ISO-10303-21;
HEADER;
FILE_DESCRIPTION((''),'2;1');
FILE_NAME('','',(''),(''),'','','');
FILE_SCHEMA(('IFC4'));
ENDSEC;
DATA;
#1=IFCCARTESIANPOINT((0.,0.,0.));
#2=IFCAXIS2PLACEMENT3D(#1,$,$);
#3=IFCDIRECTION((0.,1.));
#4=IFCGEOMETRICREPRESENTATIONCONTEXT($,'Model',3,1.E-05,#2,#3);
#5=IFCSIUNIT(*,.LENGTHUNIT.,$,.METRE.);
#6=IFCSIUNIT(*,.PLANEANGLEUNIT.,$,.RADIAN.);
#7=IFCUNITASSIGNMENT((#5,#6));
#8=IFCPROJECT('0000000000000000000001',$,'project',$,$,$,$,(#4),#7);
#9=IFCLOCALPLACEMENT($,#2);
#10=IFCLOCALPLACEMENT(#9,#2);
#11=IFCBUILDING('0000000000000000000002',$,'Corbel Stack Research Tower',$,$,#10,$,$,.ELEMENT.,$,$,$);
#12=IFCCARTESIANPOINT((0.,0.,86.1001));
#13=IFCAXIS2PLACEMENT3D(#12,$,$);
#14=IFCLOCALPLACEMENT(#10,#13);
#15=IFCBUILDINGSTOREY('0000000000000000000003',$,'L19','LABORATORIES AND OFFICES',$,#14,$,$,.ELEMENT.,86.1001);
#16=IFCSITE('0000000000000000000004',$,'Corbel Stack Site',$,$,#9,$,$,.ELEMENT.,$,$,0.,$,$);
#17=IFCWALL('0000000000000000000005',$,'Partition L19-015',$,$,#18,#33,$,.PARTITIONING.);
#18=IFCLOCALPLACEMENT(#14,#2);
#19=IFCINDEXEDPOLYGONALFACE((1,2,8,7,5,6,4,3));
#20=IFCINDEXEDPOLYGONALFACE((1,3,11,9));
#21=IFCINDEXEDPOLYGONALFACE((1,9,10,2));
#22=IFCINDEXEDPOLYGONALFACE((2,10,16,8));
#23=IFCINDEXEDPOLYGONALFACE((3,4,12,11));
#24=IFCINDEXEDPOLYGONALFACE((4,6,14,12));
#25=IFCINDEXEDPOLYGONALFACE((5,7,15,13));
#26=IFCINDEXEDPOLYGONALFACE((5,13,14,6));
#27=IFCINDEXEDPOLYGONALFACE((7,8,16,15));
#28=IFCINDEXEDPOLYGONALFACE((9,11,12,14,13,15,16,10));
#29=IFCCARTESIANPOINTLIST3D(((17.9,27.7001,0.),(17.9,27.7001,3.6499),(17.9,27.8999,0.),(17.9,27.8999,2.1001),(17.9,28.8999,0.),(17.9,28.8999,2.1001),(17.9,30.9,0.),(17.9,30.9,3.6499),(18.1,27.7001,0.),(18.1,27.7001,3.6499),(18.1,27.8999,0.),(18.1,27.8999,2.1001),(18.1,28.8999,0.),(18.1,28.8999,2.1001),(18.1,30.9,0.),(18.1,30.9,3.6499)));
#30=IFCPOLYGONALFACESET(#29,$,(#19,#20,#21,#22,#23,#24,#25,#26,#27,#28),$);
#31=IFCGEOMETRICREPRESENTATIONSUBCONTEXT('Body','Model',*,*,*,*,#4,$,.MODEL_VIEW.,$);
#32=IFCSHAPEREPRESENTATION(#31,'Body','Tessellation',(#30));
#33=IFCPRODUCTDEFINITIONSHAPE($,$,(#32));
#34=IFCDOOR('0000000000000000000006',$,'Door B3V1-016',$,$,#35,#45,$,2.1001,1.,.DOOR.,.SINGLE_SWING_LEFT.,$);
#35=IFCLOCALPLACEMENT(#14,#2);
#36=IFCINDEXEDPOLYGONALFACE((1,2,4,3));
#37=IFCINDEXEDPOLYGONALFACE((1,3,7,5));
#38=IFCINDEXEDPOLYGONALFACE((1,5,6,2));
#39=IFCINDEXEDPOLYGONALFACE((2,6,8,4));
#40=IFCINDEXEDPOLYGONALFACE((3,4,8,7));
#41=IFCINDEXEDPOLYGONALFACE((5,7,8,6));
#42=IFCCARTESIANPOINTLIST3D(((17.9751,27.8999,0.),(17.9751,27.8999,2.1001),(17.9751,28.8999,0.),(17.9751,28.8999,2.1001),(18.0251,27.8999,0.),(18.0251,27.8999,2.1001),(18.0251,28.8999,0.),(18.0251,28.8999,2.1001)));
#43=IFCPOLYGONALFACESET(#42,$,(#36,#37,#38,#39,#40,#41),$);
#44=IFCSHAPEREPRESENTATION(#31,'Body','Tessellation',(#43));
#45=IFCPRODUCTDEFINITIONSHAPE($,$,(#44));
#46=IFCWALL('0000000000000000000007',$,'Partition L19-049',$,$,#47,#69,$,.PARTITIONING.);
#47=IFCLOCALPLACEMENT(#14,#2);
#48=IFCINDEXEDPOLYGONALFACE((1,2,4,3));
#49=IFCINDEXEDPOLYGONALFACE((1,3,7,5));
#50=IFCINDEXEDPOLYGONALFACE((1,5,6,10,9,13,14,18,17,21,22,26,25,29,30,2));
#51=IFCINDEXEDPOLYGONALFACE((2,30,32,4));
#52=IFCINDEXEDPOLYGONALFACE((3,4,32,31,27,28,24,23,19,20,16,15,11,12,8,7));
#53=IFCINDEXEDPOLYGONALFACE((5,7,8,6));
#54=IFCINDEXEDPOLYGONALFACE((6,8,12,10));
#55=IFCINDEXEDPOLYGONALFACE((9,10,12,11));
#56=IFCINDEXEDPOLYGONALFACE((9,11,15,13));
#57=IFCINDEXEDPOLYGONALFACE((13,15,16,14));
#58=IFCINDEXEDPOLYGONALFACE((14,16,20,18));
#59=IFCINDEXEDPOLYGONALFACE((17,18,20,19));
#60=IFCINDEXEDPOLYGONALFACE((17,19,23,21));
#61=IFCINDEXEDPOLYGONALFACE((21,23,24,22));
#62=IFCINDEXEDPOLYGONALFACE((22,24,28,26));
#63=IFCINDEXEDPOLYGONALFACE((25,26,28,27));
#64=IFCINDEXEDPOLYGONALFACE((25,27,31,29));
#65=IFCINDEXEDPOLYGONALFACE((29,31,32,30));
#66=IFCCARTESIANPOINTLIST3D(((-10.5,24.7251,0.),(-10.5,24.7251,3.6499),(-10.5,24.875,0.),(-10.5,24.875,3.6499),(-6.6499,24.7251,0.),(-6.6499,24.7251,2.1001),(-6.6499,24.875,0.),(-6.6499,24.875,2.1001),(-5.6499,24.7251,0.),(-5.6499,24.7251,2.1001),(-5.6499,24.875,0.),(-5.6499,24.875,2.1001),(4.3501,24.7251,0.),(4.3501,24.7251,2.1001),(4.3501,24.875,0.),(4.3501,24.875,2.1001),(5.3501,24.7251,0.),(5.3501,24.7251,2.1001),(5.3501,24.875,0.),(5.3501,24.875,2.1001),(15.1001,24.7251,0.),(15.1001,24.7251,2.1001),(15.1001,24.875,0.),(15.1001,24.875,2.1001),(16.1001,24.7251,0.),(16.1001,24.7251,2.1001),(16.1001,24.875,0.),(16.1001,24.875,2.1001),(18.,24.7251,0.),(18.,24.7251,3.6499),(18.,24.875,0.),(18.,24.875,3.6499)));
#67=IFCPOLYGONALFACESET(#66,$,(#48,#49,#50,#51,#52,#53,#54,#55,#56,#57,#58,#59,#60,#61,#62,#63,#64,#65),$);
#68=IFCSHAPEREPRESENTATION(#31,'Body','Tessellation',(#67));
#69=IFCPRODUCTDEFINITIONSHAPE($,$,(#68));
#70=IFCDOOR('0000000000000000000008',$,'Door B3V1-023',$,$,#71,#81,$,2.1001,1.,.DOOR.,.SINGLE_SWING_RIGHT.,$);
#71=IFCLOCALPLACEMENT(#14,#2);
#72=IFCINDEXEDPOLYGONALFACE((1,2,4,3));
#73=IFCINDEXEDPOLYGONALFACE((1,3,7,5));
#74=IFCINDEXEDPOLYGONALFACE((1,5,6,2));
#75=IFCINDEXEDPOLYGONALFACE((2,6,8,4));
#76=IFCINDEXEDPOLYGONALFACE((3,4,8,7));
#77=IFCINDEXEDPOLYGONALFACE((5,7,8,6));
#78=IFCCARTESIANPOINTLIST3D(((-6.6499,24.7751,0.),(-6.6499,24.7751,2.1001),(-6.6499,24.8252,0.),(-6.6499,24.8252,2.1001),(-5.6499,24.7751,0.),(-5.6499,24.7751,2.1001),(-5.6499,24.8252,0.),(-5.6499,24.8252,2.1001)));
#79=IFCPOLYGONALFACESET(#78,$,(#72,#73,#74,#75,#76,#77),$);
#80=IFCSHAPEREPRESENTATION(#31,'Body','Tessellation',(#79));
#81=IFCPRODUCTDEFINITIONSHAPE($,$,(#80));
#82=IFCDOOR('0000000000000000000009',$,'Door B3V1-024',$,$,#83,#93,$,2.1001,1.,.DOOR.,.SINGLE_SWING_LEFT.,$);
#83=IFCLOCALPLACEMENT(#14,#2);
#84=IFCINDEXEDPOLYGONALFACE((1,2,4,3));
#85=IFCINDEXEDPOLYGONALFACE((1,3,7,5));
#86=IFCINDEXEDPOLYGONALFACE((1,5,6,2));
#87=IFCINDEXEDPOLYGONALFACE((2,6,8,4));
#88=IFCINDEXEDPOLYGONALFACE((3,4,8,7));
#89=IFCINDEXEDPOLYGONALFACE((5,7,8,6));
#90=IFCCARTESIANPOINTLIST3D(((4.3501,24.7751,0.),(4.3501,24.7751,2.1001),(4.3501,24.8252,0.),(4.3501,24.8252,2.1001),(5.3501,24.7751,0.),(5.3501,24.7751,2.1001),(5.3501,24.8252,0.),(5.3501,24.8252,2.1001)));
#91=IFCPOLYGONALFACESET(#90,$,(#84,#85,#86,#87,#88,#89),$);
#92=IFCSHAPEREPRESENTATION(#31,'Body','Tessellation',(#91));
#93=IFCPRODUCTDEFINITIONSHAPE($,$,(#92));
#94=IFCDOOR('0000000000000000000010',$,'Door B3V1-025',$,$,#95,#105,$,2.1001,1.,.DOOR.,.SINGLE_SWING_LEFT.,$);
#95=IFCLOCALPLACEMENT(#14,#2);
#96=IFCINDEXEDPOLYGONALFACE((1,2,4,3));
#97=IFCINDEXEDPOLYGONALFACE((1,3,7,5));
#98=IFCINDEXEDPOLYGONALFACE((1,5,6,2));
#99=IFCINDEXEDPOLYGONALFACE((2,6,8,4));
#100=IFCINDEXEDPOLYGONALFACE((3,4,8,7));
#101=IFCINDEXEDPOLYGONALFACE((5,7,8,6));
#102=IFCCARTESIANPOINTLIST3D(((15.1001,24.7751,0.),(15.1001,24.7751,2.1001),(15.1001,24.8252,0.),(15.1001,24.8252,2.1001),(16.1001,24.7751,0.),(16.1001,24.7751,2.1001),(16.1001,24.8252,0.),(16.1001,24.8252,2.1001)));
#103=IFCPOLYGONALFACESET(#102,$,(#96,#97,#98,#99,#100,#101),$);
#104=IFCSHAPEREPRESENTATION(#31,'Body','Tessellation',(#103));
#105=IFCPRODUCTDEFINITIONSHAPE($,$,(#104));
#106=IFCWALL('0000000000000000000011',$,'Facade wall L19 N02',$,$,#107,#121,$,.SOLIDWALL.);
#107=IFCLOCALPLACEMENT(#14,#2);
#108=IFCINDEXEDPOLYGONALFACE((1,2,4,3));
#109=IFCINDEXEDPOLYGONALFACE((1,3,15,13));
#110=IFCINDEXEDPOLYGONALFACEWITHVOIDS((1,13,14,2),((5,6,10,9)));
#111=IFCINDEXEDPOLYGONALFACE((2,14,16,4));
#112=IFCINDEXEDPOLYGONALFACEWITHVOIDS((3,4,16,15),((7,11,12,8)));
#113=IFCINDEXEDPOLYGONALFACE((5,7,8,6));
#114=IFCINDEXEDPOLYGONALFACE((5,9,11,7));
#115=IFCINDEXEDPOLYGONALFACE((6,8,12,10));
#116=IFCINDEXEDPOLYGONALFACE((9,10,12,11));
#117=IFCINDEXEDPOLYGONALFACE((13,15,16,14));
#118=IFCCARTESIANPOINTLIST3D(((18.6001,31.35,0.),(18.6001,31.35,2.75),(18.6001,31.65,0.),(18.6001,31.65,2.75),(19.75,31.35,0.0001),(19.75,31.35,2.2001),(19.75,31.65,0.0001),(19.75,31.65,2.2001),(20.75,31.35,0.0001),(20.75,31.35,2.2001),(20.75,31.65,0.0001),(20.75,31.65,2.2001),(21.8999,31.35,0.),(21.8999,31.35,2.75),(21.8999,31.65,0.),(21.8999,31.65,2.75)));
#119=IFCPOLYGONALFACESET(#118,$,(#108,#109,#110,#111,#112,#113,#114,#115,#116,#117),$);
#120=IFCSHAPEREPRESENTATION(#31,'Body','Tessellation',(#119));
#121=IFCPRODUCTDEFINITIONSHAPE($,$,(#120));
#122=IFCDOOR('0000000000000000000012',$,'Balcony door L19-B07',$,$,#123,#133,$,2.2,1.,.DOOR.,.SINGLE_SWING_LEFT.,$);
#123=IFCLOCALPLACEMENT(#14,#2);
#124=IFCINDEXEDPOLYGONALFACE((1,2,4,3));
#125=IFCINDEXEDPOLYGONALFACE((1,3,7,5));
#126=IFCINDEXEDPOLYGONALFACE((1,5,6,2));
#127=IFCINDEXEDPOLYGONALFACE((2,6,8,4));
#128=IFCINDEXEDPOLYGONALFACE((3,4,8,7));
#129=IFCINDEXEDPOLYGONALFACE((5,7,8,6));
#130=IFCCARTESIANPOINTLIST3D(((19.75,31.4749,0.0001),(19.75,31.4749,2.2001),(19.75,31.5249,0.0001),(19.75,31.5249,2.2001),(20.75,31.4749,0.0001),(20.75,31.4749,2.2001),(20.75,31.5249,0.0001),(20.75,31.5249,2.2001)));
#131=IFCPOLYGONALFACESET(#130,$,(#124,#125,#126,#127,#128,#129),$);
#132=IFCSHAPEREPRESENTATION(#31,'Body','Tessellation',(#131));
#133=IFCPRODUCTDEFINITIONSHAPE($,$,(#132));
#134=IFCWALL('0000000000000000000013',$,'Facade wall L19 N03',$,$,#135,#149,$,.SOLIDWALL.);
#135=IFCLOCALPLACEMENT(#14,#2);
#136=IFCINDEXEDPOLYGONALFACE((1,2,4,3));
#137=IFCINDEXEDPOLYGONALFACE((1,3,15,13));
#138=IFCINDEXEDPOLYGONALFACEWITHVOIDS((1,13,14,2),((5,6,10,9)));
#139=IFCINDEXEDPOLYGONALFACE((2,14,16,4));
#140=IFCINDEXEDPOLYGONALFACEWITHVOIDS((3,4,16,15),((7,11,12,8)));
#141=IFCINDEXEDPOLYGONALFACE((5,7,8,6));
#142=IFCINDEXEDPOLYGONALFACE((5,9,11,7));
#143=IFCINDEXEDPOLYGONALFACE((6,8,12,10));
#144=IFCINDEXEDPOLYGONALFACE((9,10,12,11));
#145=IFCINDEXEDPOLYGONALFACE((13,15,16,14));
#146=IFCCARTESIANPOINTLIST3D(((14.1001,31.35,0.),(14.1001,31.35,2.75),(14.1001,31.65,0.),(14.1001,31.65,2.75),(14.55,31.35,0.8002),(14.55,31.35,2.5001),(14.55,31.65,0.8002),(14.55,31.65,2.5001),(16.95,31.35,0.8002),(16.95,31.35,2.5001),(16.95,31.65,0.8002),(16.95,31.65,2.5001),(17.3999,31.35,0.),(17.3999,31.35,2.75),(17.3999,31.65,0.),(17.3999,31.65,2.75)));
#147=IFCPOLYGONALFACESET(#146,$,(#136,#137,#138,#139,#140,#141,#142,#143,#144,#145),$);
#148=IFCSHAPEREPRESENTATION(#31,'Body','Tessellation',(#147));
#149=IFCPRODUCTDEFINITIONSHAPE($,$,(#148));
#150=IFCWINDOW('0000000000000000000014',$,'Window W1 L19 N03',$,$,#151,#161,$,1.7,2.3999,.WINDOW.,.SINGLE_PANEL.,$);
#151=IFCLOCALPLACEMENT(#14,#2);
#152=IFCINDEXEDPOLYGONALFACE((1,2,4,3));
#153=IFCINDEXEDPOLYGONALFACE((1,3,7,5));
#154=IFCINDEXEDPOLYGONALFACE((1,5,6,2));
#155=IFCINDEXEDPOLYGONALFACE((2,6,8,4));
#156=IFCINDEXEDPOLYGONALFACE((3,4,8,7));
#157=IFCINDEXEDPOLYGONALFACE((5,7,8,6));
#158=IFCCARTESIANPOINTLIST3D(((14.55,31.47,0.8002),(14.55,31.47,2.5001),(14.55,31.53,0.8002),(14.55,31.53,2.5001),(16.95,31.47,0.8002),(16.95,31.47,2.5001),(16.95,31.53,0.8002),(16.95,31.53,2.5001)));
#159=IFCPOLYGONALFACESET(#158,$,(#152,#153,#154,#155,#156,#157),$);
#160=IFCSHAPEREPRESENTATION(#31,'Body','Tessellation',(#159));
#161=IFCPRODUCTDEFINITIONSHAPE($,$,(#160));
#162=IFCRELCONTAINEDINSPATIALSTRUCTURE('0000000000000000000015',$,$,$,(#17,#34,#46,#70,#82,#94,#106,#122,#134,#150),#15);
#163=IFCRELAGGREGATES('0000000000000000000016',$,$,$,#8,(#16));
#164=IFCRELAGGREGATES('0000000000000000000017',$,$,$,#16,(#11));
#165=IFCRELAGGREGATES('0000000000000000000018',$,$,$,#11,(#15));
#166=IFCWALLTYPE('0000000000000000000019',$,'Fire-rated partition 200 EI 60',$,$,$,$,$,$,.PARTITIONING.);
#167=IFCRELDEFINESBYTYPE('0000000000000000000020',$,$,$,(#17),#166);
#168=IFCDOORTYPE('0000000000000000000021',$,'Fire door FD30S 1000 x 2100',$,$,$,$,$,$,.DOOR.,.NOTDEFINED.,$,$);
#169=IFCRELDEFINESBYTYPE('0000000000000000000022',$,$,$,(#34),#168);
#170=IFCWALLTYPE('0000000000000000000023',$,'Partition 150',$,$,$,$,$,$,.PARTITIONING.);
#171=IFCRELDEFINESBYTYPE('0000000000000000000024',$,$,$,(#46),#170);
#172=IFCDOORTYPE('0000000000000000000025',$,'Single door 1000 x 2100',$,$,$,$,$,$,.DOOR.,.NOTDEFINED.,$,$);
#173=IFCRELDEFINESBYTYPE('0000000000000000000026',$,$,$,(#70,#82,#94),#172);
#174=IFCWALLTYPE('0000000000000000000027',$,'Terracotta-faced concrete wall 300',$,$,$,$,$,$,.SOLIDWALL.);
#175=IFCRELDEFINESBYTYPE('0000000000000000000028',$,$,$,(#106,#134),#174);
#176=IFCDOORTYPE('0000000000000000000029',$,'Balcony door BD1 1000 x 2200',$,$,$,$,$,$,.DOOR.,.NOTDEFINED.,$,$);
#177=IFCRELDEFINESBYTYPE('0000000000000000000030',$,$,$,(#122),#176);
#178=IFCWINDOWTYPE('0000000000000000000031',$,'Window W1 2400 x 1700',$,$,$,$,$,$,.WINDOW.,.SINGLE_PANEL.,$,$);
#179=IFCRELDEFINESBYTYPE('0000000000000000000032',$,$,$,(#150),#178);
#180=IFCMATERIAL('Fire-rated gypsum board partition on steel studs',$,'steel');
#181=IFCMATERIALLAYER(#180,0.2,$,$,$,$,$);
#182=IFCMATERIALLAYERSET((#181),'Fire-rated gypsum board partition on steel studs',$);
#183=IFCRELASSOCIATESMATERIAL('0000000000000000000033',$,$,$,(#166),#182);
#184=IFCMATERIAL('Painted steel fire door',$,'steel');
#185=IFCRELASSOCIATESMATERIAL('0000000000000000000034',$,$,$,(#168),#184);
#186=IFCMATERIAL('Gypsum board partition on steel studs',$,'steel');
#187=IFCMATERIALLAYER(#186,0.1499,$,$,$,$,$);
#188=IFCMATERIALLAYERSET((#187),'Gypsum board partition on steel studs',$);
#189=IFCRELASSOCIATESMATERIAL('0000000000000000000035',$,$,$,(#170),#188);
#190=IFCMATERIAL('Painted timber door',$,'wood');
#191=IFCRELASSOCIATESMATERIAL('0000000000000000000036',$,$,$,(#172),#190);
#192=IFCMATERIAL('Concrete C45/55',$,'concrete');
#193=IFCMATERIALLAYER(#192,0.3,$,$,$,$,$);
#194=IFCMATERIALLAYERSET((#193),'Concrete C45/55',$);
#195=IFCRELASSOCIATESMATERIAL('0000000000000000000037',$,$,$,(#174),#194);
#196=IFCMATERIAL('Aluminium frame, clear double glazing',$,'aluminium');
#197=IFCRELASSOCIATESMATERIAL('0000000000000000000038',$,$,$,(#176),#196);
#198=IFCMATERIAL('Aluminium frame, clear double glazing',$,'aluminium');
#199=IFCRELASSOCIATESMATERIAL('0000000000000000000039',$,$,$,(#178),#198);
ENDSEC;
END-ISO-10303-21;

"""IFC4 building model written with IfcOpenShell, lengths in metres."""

from ifc_helpers import new_model, si_unit, direction, frame, frame_2d, origin, place, context, subcontext, project, spatial, rectangle, extrude, material, layer, layer_set, type_object, element, fill, save


model = new_model("IFC4")

# Units and contexts
model_context = context("Model", 3, precision=1e-05, world=origin(), true_north=direction((0.0, 1.0)))
body_context = subcontext(model_context, "Body", "Model", "MODEL_VIEW")
ifc_project = project(units=[si_unit("LENGTHUNIT", "METRE"), si_unit("PLANEANGLEUNIT", "RADIAN")], contexts=[model_context])

# Site, building, storey
site_placement = place(None, origin())
site = spatial("IfcSite", under=ifc_project, at=site_placement, Name="Corbel Stack Site", CompositionType="ELEMENT", RefElevation=0.0)
building_placement = place(site_placement, origin())
building = spatial("IfcBuilding", under=site, at=building_placement, Name="Corbel Stack Research Tower", CompositionType="ELEMENT")
storey_placement = place(building_placement, frame((0.0, 0.0, 86.1001)))
storey = spatial("IfcBuildingStorey", under=building, at=storey_placement, Name="L19", Description="LABORATORIES AND OFFICES", CompositionType="ELEMENT", Elevation=86.1001)

# Shared definitions
ifc_material_1 = material(Name="Fire-rated gypsum board partition on steel studs", Category="steel")
ifc_layer_1 = layer(ifc_material_1, 0.2)
ifc_layer_set_1 = layer_set([ifc_layer_1], Name="Fire-rated gypsum board partition on steel studs")
wall_type_1 = type_object("IfcWallType", Name="Fire-rated partition 200 EI 60", PredefinedType="PARTITIONING", material=ifc_layer_set_1)

# Wall, opening, door
wall_1_placement = place(storey_placement, frame((18.0, 27.7, 0.0), z_axis=(0.0, 0.0, 1.0), x_axis=(0.0, 1.0, 0.0)))
wall_1 = element("IfcWall", 1, at=wall_1_placement, inside=storey, type_object=wall_type_1, Name="Partition L19-015", PredefinedType="PARTITIONING", context=body_context, shape_type="SweptSolid", body=[
    extrude(rectangle(XDim=3.2, YDim=0.2, at=frame_2d((1.6001, 0.0))), origin(), (0.0, 0.0, 1.0), 3.6499),
])
opening_1_placement = place(wall_1_placement, frame((0.2, 0.0, 0.0)))
opening_1 = element("IfcOpeningElement", 2, at=opening_1_placement, cuts=wall_1, PredefinedType="OPENING", context=body_context, shape_type="SweptSolid", body=[
    extrude(rectangle(XDim=1.0, YDim=2.1001, at=frame_2d((0.5, 1.05))), frame((0.0, 0.1099, 0.0), z_axis=(0.0, -1.0, 0.0), x_axis=(1.0, 0.0, 0.0)), (0.0, 0.0, 1.0), 0.22),
])
ifc_material_2 = material(Name="Painted steel fire door", Category="steel")
door_type_1 = type_object("IfcDoorType", Name="Fire door FD30S 1000 x 2100", OperationType="NOTDEFINED", PredefinedType="DOOR", material=ifc_material_2)
door_1_placement = place(opening_1_placement, origin())
door_1 = element("IfcDoor", 3, at=door_1_placement, inside=storey, type_object=door_type_1, Name="Door B3V1-016", OperationType="SINGLE_SWING_LEFT", OverallHeight=2.1001, OverallWidth=1.0, PredefinedType="DOOR", context=body_context, shape_type="SweptSolid", body=[
    extrude(rectangle(XDim=1.0, YDim=2.1001, at=frame_2d((0.5, 1.05))), frame((0.0, 0.0249, 0.0), z_axis=(0.0, -1.0, 0.0), x_axis=(1.0, 0.0, 0.0)), (0.0, 0.0, 1.0), 0.05),
])
fill(opening_1, door_1)

# Wall, openings, doors
ifc_material_3 = material(Name="Gypsum board partition on steel studs", Category="steel")
ifc_layer_2 = layer(ifc_material_3, 0.1499)
ifc_layer_set_2 = layer_set([ifc_layer_2], Name="Gypsum board partition on steel studs")
wall_type_2 = type_object("IfcWallType", Name="Partition 150", PredefinedType="PARTITIONING", material=ifc_layer_set_2)
wall_2_placement = place(storey_placement, frame((18.0, 24.8, 0.0), z_axis=(0.0, 0.0, 1.0), x_axis=(-1.0, 0.0, 0.0)))
wall_2 = element("IfcWall", 4, at=wall_2_placement, inside=storey, type_object=wall_type_2, Name="Partition L19-049", PredefinedType="PARTITIONING", context=body_context, shape_type="SweptSolid", body=[
    extrude(rectangle(XDim=28.5, YDim=0.1499, at=frame_2d((14.25, 0.0))), origin(), (0.0, 0.0, 1.0), 3.6499),
])
opening_2_placement = place(wall_2_placement, frame((23.6499, 0.0, 0.0)))
opening_2 = element("IfcOpeningElement", 5, at=opening_2_placement, cuts=wall_2, PredefinedType="OPENING", context=body_context, shape_type="SweptSolid", body=[
    extrude(rectangle(XDim=1.0, YDim=2.1001, at=frame_2d((0.5, 1.05))), frame((0.0, 0.085, 0.0), z_axis=(0.0, -1.0, 0.0), x_axis=(1.0, 0.0, 0.0)), (0.0, 0.0, 1.0), 0.1699),
])
opening_3_placement = place(wall_2_placement, frame((12.6499, 0.0, 0.0)))
opening_3 = element("IfcOpeningElement", 6, at=opening_3_placement, cuts=wall_2, PredefinedType="OPENING", context=body_context, shape_type="SweptSolid", body=[
    extrude(rectangle(XDim=1.0, YDim=2.1001, at=frame_2d((0.5, 1.05))), frame((0.0, 0.085, 0.0), z_axis=(0.0, -1.0, 0.0), x_axis=(1.0, 0.0, 0.0)), (0.0, 0.0, 1.0), 0.1699),
])
opening_4_placement = place(wall_2_placement, frame((1.8999, 0.0, 0.0)))
opening_4 = element("IfcOpeningElement", 7, at=opening_4_placement, cuts=wall_2, PredefinedType="OPENING", context=body_context, shape_type="SweptSolid", body=[
    extrude(rectangle(XDim=1.0, YDim=2.1001, at=frame_2d((0.5, 1.05))), frame((0.0, 0.085, 0.0), z_axis=(0.0, -1.0, 0.0), x_axis=(1.0, 0.0, 0.0)), (0.0, 0.0, 1.0), 0.1699),
])
ifc_material_4 = material(Name="Painted timber door", Category="wood")
door_type_2 = type_object("IfcDoorType", Name="Single door 1000 x 2100", OperationType="NOTDEFINED", PredefinedType="DOOR", material=ifc_material_4)
door_2_placement = place(opening_2_placement, origin())
door_2 = element("IfcDoor", 8, at=door_2_placement, inside=storey, type_object=door_type_2, Name="Door B3V1-023", OperationType="SINGLE_SWING_RIGHT", OverallHeight=2.1001, OverallWidth=1.0, PredefinedType="DOOR", context=body_context, shape_type="SweptSolid", body=[
    extrude(rectangle(XDim=1.0, YDim=2.1001, at=frame_2d((0.5, 1.05))), frame((0.0, 0.0249, 0.0), z_axis=(0.0, -1.0, 0.0), x_axis=(1.0, 0.0, 0.0)), (0.0, 0.0, 1.0), 0.05),
])
fill(opening_2, door_2)
door_3_placement = place(opening_3_placement, origin())
door_3 = element("IfcDoor", 9, at=door_3_placement, inside=storey, type_object=door_type_2, Name="Door B3V1-024", OperationType="SINGLE_SWING_LEFT", OverallHeight=2.1001, OverallWidth=1.0, PredefinedType="DOOR", context=body_context, shape_type="SweptSolid", body=[
    extrude(rectangle(XDim=1.0, YDim=2.1001, at=frame_2d((0.5, 1.05))), frame((0.0, 0.0249, 0.0), z_axis=(0.0, -1.0, 0.0), x_axis=(1.0, 0.0, 0.0)), (0.0, 0.0, 1.0), 0.05),
])
fill(opening_3, door_3)
door_4_placement = place(opening_4_placement, origin())
door_4 = element("IfcDoor", 10, at=door_4_placement, inside=storey, type_object=door_type_2, Name="Door B3V1-025", OperationType="SINGLE_SWING_LEFT", OverallHeight=2.1001, OverallWidth=1.0, PredefinedType="DOOR", context=body_context, shape_type="SweptSolid", body=[
    extrude(rectangle(XDim=1.0, YDim=2.1001, at=frame_2d((0.5, 1.05))), frame((0.0, 0.0249, 0.0), z_axis=(0.0, -1.0, 0.0), x_axis=(1.0, 0.0, 0.0)), (0.0, 0.0, 1.0), 0.05),
])
fill(opening_4, door_4)

# Wall, opening, door
ifc_material_5 = material(Name="Concrete C45/55", Category="concrete")
ifc_layer_3 = layer(ifc_material_5, 0.3)
ifc_layer_set_3 = layer_set([ifc_layer_3], Name="Concrete C45/55")
wall_type_3 = type_object("IfcWallType", Name="Terracotta-faced concrete wall 300", PredefinedType="SOLIDWALL", material=ifc_layer_set_3)
wall_3_placement = place(storey_placement, frame((18.6001, 31.5, 0.0), z_axis=(0.0, 0.0, 1.0), x_axis=(1.0, 0.0, 0.0)))
wall_3 = element("IfcWall", 11, at=wall_3_placement, inside=storey, type_object=wall_type_3, Name="Facade wall L19 N02", PredefinedType="SOLIDWALL", context=body_context, shape_type="SweptSolid", body=[
    extrude(rectangle(XDim=3.2998, YDim=0.3, at=frame_2d((1.6499, 0.0))), origin(), (0.0, 0.0, 1.0), 2.75),
])
opening_5_placement = place(wall_3_placement, frame((1.1499, 0.0, 0.0)))
opening_5 = element("IfcOpeningElement", 12, at=opening_5_placement, cuts=wall_3, PredefinedType="OPENING", context=body_context, shape_type="SweptSolid", body=[
    extrude(rectangle(XDim=1.0, YDim=2.2, at=frame_2d((0.5, 1.1001))), frame((0.0, 0.1599, 0.0), z_axis=(0.0, -1.0, 0.0), x_axis=(1.0, 0.0, 0.0)), (0.0, 0.0, 1.0), 0.3201),
])
ifc_material_6 = material(Name="Aluminium frame, clear double glazing", Category="aluminium")
door_type_3 = type_object("IfcDoorType", Name="Balcony door BD1 1000 x 2200", OperationType="NOTDEFINED", PredefinedType="DOOR", material=ifc_material_6)
door_5_placement = place(opening_5_placement, origin())
door_5 = element("IfcDoor", 13, at=door_5_placement, inside=storey, type_object=door_type_3, Name="Balcony door L19-B07", OperationType="SINGLE_SWING_LEFT", OverallHeight=2.2, OverallWidth=1.0, PredefinedType="DOOR", context=body_context, shape_type="SweptSolid", body=[
    extrude(rectangle(XDim=1.0, YDim=2.2, at=frame_2d((0.5, 1.1001))), frame((0.0, 0.0249, 0.0), z_axis=(0.0, -1.0, 0.0), x_axis=(1.0, 0.0, 0.0)), (0.0, 0.0, 1.0), 0.05),
])
fill(opening_5, door_5)

# Wall, opening, window
wall_4_placement = place(storey_placement, frame((14.1001, 31.5, 0.0), z_axis=(0.0, 0.0, 1.0), x_axis=(1.0, 0.0, 0.0)))
wall_4 = element("IfcWall", 14, at=wall_4_placement, inside=storey, type_object=wall_type_3, Name="Facade wall L19 N03", PredefinedType="SOLIDWALL", context=body_context, shape_type="SweptSolid", body=[
    extrude(rectangle(XDim=3.2998, YDim=0.3, at=frame_2d((1.6499, 0.0))), origin(), (0.0, 0.0, 1.0), 2.75),
])
opening_6_placement = place(wall_4_placement, frame((0.45, 0.0, 0.8)))
opening_6 = element("IfcOpeningElement", 15, at=opening_6_placement, cuts=wall_4, PredefinedType="OPENING", context=body_context, shape_type="SweptSolid", body=[
    extrude(rectangle(XDim=2.3999, YDim=1.7, at=frame_2d((1.2, 0.8501))), frame((0.0, 0.1599, 0.0), z_axis=(0.0, -1.0, 0.0), x_axis=(1.0, 0.0, 0.0)), (0.0, 0.0, 1.0), 0.3201),
])
ifc_material_7 = material(Name="Aluminium frame, clear double glazing", Category="aluminium")
window_type = type_object("IfcWindowType", Name="Window W1 2400 x 1700", PartitioningType="SINGLE_PANEL", PredefinedType="WINDOW", material=ifc_material_7)
window_1_placement = place(opening_6_placement, origin())
window_1 = element("IfcWindow", 16, at=window_1_placement, inside=storey, type_object=window_type, Name="Window W1 L19 N03", OverallHeight=1.7, OverallWidth=2.3999, PartitioningType="SINGLE_PANEL", PredefinedType="WINDOW", context=body_context, shape_type="SweptSolid", body=[
    extrude(rectangle(XDim=2.3999, YDim=1.7, at=frame_2d((1.2, 0.8501))), frame((0.0, 0.03, 0.0), z_axis=(0.0, -1.0, 0.0), x_axis=(1.0, 0.0, 0.0)), (0.0, 0.0, 1.0), 0.0601),
])
fill(opening_6, window_1)

save(model, "model.ifc")
